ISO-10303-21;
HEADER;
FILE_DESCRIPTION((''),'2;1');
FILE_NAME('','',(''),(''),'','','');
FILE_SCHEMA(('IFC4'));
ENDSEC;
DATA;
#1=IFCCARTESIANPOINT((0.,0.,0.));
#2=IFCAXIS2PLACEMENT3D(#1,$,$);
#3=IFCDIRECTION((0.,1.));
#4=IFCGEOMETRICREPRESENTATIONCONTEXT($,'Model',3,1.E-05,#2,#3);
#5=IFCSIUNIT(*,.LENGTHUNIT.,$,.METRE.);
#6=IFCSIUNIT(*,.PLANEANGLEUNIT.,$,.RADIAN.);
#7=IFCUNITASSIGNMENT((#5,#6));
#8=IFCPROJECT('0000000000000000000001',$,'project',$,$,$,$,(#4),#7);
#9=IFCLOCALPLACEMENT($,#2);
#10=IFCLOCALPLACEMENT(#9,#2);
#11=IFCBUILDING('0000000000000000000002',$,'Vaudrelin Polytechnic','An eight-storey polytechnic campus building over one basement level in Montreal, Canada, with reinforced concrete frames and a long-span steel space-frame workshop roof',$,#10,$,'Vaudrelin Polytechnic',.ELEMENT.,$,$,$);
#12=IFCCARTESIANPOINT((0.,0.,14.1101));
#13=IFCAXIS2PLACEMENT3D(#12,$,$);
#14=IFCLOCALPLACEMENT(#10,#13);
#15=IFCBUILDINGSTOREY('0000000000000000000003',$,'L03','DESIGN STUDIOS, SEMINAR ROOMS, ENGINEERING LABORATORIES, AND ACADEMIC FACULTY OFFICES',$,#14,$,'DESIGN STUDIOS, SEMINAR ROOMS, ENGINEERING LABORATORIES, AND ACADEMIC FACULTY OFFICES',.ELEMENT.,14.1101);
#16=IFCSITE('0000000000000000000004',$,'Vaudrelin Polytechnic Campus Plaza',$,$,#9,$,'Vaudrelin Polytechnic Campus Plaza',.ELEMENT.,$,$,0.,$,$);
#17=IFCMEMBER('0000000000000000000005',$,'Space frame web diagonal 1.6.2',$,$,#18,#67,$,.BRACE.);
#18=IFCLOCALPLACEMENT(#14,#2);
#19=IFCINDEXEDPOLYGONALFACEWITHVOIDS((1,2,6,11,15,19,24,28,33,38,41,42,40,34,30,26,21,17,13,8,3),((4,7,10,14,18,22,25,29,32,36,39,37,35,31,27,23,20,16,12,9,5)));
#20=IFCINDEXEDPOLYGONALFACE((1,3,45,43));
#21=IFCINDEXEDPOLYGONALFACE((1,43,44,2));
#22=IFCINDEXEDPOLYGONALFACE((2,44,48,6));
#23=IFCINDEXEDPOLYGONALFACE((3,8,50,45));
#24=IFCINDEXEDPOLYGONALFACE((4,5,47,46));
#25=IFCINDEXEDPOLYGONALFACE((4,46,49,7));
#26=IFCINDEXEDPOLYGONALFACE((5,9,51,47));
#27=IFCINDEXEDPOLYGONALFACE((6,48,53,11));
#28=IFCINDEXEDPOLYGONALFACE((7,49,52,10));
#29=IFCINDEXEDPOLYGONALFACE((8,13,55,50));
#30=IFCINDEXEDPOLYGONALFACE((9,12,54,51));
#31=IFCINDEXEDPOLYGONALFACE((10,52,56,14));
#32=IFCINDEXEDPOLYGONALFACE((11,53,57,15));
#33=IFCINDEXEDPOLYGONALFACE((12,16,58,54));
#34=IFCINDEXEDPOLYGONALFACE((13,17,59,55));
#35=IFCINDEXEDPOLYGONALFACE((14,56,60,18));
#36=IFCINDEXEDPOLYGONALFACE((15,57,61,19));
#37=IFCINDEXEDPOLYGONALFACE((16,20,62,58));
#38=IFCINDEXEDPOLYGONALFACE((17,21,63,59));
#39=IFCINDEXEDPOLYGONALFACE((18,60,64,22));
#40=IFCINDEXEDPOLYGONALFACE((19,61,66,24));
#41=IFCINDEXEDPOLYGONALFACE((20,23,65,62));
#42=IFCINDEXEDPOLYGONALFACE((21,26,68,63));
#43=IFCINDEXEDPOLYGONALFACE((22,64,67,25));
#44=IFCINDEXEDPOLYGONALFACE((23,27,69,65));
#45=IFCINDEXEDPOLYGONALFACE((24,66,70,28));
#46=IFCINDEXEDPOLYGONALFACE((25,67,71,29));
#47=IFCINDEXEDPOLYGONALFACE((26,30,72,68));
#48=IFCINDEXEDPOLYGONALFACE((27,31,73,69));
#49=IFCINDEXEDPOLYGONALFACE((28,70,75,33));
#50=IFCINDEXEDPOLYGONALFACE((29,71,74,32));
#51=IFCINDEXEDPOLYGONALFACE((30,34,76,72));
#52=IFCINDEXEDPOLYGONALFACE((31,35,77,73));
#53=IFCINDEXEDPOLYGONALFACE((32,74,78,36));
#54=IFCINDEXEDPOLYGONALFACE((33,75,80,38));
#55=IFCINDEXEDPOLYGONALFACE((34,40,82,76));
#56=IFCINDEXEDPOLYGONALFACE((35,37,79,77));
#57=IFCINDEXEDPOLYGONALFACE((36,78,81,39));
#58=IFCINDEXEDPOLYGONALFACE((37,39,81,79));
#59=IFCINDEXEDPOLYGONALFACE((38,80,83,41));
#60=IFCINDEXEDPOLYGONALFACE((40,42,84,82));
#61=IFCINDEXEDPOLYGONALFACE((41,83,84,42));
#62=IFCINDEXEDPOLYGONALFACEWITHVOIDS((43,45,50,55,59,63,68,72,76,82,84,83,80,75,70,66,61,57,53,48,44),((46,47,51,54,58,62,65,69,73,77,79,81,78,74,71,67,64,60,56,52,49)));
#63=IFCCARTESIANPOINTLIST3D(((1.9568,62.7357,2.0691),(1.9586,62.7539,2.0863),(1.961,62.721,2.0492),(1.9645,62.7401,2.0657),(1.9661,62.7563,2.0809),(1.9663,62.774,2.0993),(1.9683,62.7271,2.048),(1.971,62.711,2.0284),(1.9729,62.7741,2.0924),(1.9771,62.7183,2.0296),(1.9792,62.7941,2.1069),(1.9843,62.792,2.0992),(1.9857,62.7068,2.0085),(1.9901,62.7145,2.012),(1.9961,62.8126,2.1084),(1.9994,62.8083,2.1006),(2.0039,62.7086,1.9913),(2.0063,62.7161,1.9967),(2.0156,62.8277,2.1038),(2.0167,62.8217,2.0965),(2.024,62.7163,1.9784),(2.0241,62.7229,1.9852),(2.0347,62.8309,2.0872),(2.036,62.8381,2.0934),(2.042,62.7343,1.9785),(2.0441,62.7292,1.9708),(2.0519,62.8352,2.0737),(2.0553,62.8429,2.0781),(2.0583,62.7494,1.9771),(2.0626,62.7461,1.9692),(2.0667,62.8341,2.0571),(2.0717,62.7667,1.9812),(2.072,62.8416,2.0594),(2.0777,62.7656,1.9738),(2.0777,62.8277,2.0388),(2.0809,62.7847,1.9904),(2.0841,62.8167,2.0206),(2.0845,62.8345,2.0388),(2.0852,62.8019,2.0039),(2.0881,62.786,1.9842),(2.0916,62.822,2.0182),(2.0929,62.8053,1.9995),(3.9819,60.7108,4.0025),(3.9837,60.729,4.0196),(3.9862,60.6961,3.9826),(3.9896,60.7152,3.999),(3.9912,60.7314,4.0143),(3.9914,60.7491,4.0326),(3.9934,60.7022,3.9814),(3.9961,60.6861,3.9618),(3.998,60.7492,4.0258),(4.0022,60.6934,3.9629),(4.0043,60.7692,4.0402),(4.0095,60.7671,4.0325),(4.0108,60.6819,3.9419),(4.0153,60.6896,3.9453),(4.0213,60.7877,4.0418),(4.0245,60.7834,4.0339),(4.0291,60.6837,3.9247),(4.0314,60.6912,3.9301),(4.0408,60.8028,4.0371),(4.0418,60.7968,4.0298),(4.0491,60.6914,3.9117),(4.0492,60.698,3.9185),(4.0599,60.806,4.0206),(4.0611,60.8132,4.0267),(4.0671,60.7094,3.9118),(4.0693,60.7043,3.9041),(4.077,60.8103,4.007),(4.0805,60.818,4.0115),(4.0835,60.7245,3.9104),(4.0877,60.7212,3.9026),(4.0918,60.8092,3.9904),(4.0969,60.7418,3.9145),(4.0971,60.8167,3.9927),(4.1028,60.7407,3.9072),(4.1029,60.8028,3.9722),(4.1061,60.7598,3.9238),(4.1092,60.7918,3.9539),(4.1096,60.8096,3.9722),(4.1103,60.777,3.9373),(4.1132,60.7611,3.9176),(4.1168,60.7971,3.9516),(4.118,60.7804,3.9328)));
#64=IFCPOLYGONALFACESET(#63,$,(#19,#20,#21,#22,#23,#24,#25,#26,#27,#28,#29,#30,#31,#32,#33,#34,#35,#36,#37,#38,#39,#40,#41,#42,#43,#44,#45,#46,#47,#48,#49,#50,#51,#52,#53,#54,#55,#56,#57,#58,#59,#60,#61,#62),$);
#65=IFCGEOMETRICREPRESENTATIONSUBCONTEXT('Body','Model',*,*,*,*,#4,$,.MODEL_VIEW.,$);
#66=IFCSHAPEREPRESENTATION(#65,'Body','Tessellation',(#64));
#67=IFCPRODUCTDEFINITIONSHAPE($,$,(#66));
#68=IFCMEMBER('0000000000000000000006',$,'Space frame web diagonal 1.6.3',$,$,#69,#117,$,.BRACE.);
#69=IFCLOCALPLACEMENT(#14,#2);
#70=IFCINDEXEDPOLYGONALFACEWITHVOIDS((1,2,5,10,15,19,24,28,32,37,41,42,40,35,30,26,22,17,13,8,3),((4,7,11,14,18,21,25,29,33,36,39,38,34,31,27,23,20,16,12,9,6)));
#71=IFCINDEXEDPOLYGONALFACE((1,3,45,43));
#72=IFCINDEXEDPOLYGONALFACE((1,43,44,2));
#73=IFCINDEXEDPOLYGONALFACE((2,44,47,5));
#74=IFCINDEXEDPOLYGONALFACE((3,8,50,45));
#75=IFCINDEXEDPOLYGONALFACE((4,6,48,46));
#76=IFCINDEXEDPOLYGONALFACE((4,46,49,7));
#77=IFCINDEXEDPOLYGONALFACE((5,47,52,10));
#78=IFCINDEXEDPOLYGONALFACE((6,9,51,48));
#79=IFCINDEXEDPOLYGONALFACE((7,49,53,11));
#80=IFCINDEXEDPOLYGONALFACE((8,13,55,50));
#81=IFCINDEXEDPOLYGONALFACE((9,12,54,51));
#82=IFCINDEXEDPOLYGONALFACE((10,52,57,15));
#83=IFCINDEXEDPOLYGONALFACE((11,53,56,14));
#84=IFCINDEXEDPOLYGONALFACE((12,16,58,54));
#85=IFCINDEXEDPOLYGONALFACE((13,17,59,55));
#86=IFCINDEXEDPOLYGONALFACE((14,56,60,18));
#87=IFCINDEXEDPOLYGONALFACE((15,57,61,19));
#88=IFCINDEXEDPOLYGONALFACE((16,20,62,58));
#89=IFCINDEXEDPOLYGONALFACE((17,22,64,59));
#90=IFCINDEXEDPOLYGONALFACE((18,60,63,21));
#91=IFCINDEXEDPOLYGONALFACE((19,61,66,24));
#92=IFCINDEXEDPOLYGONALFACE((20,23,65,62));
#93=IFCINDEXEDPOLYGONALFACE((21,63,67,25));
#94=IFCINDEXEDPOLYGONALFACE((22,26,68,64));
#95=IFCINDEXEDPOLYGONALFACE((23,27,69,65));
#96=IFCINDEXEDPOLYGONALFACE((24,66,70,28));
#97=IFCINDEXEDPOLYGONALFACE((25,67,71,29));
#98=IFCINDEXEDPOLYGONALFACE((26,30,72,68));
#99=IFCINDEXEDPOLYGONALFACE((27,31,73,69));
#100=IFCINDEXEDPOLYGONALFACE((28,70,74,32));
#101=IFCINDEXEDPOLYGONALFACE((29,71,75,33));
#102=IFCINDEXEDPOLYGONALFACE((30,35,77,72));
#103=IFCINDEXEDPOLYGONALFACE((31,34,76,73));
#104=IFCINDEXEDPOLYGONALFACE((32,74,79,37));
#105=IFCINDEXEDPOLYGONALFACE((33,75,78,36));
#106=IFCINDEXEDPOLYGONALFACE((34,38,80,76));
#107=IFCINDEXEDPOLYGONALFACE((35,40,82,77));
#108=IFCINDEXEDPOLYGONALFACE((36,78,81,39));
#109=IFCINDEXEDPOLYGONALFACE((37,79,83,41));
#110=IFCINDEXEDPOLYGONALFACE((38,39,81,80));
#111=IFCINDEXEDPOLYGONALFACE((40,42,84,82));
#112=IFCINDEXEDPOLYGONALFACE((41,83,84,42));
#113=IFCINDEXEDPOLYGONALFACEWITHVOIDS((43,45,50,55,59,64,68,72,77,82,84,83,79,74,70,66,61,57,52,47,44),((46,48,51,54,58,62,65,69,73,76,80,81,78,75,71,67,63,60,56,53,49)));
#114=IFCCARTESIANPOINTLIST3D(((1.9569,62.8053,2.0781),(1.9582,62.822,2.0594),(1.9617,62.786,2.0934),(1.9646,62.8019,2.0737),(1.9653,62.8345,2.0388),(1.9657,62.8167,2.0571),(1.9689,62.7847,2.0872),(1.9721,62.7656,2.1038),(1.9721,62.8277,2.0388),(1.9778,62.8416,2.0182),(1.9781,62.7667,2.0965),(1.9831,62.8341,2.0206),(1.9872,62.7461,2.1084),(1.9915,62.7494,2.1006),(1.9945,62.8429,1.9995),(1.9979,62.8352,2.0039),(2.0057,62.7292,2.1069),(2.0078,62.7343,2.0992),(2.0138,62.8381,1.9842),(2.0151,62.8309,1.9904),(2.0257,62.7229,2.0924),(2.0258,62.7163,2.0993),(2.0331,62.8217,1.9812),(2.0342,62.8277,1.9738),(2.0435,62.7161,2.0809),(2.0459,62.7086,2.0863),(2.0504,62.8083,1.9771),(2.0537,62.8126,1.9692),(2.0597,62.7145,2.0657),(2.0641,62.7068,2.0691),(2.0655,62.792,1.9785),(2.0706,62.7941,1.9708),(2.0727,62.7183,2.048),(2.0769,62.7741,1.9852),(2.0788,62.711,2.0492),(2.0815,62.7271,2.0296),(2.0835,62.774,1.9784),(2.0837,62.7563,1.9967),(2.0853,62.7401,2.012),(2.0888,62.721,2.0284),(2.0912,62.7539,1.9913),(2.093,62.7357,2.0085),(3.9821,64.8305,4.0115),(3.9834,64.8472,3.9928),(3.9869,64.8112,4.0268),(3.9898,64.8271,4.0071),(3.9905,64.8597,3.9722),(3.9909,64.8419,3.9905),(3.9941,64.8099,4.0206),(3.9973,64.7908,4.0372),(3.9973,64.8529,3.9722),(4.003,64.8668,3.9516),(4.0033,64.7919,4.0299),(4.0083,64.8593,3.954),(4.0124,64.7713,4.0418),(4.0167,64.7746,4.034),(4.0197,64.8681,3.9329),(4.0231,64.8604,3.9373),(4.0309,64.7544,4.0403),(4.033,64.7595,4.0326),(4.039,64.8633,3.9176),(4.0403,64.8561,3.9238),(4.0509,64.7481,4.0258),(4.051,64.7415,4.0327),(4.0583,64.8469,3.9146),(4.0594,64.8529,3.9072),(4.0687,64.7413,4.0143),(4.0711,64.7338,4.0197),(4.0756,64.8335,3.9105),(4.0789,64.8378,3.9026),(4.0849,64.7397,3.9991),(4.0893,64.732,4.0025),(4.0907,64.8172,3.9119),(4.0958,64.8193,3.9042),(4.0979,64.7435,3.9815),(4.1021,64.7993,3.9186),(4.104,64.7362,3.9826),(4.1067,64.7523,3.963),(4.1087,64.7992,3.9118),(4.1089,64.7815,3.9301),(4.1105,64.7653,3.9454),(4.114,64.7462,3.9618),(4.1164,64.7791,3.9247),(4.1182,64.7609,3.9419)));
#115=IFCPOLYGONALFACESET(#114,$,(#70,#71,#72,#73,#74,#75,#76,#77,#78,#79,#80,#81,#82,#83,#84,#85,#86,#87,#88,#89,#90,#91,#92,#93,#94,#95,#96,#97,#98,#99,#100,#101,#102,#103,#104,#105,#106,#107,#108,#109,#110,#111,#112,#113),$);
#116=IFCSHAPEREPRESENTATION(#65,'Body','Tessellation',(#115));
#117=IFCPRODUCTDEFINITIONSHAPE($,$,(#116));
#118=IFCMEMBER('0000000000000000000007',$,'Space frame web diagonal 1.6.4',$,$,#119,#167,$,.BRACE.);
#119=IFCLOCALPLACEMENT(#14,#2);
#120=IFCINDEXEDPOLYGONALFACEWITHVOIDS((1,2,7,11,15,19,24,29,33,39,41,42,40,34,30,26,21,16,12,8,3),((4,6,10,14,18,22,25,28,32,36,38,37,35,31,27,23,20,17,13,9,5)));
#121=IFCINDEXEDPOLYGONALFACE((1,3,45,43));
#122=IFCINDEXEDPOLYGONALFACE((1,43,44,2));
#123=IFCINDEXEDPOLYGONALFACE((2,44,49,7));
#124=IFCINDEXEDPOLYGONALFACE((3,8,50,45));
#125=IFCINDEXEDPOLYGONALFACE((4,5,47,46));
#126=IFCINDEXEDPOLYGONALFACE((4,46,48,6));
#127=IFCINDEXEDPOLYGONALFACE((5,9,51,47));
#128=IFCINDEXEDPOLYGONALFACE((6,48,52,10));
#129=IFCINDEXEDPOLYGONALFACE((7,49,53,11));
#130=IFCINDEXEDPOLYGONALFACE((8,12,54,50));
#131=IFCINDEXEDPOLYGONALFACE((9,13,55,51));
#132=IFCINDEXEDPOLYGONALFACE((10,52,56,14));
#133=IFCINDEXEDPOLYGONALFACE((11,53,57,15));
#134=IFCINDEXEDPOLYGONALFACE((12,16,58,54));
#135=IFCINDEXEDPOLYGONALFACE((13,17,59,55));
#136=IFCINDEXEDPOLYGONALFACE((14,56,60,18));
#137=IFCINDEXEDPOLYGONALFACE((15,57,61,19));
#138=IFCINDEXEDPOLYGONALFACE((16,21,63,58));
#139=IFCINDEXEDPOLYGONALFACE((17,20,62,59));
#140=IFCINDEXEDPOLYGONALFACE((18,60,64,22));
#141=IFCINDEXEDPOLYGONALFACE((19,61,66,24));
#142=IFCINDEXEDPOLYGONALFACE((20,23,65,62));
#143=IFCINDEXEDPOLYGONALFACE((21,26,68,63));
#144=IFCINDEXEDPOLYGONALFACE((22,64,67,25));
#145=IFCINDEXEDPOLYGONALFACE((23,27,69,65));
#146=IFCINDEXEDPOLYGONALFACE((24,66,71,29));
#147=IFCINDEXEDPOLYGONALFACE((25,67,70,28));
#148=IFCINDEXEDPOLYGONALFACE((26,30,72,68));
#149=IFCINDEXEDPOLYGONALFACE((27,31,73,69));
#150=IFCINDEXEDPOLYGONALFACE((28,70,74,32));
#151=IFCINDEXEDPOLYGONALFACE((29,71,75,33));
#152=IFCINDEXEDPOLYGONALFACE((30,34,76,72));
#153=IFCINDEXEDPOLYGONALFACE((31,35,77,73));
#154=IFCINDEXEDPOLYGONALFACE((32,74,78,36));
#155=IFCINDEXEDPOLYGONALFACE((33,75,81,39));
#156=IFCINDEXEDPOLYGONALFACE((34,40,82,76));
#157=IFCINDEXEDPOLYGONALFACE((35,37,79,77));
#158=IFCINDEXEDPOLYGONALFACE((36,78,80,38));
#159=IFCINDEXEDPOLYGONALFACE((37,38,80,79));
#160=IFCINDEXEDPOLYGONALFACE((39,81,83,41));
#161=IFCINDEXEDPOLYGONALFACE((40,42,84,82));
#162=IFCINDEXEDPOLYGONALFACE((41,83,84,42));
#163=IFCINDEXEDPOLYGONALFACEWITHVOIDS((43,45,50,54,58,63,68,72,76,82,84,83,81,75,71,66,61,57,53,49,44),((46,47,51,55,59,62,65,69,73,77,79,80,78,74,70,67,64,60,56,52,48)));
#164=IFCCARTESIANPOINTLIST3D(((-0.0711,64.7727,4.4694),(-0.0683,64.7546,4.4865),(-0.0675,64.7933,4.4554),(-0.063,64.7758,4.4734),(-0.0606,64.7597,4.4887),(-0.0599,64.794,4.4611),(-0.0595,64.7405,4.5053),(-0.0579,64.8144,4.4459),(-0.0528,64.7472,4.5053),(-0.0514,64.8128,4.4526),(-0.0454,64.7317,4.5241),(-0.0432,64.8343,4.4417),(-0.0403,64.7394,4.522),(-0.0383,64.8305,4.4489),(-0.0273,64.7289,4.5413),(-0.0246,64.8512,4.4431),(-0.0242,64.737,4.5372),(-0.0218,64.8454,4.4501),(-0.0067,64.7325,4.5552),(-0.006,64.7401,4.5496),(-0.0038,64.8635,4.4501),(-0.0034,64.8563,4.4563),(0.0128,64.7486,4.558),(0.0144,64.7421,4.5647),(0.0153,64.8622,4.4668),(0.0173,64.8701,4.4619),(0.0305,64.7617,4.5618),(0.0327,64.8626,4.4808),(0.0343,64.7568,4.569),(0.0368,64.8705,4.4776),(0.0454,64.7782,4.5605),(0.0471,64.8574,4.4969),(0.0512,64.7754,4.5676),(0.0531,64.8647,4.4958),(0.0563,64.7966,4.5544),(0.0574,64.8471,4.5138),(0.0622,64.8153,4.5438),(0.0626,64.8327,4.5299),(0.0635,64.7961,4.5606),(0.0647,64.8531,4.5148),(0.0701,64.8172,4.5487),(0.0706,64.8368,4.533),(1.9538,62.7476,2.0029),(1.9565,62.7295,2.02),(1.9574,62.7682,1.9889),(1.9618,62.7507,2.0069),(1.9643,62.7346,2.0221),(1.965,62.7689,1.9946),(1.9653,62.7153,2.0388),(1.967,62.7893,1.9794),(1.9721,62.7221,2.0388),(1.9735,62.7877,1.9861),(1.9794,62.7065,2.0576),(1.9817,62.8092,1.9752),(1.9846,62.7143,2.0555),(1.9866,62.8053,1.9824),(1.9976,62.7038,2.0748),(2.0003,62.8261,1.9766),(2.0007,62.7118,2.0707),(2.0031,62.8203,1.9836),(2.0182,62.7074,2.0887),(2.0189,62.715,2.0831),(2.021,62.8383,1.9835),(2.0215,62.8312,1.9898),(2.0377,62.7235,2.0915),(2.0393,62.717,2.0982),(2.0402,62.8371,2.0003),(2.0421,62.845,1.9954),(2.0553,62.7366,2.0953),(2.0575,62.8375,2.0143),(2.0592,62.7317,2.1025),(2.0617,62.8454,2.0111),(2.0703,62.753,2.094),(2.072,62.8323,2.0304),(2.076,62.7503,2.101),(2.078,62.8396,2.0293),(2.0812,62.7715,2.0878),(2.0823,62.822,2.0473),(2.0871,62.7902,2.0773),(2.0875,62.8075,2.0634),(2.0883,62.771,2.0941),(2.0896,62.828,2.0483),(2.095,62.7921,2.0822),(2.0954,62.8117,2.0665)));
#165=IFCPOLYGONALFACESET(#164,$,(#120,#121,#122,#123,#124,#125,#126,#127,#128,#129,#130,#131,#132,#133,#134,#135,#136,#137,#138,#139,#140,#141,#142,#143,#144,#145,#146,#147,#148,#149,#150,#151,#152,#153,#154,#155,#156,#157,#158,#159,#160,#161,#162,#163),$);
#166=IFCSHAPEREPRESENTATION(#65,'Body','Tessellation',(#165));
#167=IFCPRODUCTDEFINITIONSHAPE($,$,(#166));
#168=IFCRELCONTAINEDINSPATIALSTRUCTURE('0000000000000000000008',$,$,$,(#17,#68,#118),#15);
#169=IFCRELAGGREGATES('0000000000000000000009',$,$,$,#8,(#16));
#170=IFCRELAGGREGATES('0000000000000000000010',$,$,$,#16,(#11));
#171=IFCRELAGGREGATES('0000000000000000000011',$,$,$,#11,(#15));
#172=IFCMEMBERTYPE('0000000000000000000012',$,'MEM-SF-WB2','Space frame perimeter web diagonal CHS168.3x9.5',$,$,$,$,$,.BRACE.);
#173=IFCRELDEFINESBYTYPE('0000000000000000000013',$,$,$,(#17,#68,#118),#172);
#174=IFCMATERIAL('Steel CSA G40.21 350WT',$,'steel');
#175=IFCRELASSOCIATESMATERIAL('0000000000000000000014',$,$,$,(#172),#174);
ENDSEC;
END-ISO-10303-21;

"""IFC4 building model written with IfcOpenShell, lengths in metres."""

from ifc_helpers import new_model, si_unit, direction, frame, origin, origin_2d, place, context, subcontext, project, spatial, hollow_circle, extrude, material, material_profile, profile_set, type_object, element, save


model = new_model("IFC4")

# Units and contexts
model_context = context("Model", 3, precision=1e-05, world=origin(), true_north=direction((0.0, 1.0)))
body_context = subcontext(model_context, "Body", "Model", "MODEL_VIEW")
ifc_project = project(units=[si_unit("LENGTHUNIT", "METRE"), si_unit("PLANEANGLEUNIT", "RADIAN")], contexts=[model_context])

# Site, building, storey
site_placement = place(None, origin())
site = spatial("IfcSite", under=ifc_project, at=site_placement, Name="Vaudrelin Polytechnic Campus Plaza", LongName="Vaudrelin Polytechnic Campus Plaza", CompositionType="ELEMENT", RefElevation=0.0)
building_placement = place(site_placement, origin())
building = spatial("IfcBuilding", under=site, at=building_placement, Name="Vaudrelin Polytechnic", Description="An eight-storey polytechnic campus building over one basement level in Montreal, Canada, with reinforced concrete frames and a long-span steel space-frame workshop roof", LongName="Vaudrelin Polytechnic", CompositionType="ELEMENT")
storey_placement = place(building_placement, frame((0.0, 0.0, 14.1101)))
storey = spatial("IfcBuildingStorey", under=building, at=storey_placement, Name="L03", Description="DESIGN STUDIOS, SEMINAR ROOMS, ENGINEERING LABORATORIES, AND ACADEMIC FACULTY OFFICES", LongName="DESIGN STUDIOS, SEMINAR ROOMS, ENGINEERING LABORATORIES, AND ACADEMIC FACULTY OFFICES", CompositionType="ELEMENT", Elevation=14.1101)

# Members
ifc_material_1 = material(Name="Steel CSA G40.21 350WT", Category="steel")
ifc_material_profile_1 = material_profile(ifc_material_1, hollow_circle(Radius=0.0842, WallThickness=0.0095, at=origin_2d()), Name="CHS168.3x9.5")
ifc_profile_set_1 = profile_set([ifc_material_profile_1], Name="Steel CSA G40.21 350WT")
member_type_1 = type_object("IfcMemberType", Name="MEM-SF-WB2", Description="Space frame perimeter web diagonal CHS168.3x9.5", PredefinedType="BRACE", material=ifc_profile_set_1)
member_1_placement = place(storey_placement, frame((2.0249, 62.7749, 2.0388), z_axis=(0.586094, -0.586023, 0.559527), x_axis=(0.707064, 0.707149, 0.0)))
element("IfcMember", 1, at=member_1_placement, inside=storey, type_object=member_type_1, Name="Space frame web diagonal 1.6.2", PredefinedType="BRACE", context=body_context, shape_type="SweptSolid", body=[
    extrude(hollow_circle(Radius=0.0842, WallThickness=0.0095, at=origin_2d()), origin(), (0.0, 0.0, 1.0), 3.4553),
])
member_2_placement = place(storey_placement, frame((2.0249, 62.7749, 2.0388), z_axis=(0.58607, 0.58607, 0.559504), x_axis=(-0.707107, 0.707107, 0.0)))
element("IfcMember", 2, at=member_2_placement, inside=storey, type_object=member_type_1, Name="Space frame web diagonal 1.6.3", PredefinedType="BRACE", context=body_context, shape_type="SweptSolid", body=[
    extrude(hollow_circle(Radius=0.0842, WallThickness=0.0095, at=origin_2d()), origin(), (0.0, 0.0, 1.0), 3.4556),
])
for number, where, z_axis, x_axis, name in (
    (3, (2.0249, 62.7749, 2.0388), (-0.535746, 0.535811, 0.652597), (-0.707149, -0.707064, 0.0), "Space frame web diagonal 1.6.4"),
):
    element("IfcMember", number, at=place(storey_placement, frame(where, z_axis=z_axis, x_axis=x_axis)), inside=storey, type_object=member_type_1, Name=name, PredefinedType="BRACE", context=body_context, shape_type="SweptSolid", body=[
        extrude(hollow_circle(Radius=0.0842, WallThickness=0.0095, at=origin_2d()), origin(), (0.0, 0.0, 1.0), 3.7795),
    ])

save(model, "model.ifc")
